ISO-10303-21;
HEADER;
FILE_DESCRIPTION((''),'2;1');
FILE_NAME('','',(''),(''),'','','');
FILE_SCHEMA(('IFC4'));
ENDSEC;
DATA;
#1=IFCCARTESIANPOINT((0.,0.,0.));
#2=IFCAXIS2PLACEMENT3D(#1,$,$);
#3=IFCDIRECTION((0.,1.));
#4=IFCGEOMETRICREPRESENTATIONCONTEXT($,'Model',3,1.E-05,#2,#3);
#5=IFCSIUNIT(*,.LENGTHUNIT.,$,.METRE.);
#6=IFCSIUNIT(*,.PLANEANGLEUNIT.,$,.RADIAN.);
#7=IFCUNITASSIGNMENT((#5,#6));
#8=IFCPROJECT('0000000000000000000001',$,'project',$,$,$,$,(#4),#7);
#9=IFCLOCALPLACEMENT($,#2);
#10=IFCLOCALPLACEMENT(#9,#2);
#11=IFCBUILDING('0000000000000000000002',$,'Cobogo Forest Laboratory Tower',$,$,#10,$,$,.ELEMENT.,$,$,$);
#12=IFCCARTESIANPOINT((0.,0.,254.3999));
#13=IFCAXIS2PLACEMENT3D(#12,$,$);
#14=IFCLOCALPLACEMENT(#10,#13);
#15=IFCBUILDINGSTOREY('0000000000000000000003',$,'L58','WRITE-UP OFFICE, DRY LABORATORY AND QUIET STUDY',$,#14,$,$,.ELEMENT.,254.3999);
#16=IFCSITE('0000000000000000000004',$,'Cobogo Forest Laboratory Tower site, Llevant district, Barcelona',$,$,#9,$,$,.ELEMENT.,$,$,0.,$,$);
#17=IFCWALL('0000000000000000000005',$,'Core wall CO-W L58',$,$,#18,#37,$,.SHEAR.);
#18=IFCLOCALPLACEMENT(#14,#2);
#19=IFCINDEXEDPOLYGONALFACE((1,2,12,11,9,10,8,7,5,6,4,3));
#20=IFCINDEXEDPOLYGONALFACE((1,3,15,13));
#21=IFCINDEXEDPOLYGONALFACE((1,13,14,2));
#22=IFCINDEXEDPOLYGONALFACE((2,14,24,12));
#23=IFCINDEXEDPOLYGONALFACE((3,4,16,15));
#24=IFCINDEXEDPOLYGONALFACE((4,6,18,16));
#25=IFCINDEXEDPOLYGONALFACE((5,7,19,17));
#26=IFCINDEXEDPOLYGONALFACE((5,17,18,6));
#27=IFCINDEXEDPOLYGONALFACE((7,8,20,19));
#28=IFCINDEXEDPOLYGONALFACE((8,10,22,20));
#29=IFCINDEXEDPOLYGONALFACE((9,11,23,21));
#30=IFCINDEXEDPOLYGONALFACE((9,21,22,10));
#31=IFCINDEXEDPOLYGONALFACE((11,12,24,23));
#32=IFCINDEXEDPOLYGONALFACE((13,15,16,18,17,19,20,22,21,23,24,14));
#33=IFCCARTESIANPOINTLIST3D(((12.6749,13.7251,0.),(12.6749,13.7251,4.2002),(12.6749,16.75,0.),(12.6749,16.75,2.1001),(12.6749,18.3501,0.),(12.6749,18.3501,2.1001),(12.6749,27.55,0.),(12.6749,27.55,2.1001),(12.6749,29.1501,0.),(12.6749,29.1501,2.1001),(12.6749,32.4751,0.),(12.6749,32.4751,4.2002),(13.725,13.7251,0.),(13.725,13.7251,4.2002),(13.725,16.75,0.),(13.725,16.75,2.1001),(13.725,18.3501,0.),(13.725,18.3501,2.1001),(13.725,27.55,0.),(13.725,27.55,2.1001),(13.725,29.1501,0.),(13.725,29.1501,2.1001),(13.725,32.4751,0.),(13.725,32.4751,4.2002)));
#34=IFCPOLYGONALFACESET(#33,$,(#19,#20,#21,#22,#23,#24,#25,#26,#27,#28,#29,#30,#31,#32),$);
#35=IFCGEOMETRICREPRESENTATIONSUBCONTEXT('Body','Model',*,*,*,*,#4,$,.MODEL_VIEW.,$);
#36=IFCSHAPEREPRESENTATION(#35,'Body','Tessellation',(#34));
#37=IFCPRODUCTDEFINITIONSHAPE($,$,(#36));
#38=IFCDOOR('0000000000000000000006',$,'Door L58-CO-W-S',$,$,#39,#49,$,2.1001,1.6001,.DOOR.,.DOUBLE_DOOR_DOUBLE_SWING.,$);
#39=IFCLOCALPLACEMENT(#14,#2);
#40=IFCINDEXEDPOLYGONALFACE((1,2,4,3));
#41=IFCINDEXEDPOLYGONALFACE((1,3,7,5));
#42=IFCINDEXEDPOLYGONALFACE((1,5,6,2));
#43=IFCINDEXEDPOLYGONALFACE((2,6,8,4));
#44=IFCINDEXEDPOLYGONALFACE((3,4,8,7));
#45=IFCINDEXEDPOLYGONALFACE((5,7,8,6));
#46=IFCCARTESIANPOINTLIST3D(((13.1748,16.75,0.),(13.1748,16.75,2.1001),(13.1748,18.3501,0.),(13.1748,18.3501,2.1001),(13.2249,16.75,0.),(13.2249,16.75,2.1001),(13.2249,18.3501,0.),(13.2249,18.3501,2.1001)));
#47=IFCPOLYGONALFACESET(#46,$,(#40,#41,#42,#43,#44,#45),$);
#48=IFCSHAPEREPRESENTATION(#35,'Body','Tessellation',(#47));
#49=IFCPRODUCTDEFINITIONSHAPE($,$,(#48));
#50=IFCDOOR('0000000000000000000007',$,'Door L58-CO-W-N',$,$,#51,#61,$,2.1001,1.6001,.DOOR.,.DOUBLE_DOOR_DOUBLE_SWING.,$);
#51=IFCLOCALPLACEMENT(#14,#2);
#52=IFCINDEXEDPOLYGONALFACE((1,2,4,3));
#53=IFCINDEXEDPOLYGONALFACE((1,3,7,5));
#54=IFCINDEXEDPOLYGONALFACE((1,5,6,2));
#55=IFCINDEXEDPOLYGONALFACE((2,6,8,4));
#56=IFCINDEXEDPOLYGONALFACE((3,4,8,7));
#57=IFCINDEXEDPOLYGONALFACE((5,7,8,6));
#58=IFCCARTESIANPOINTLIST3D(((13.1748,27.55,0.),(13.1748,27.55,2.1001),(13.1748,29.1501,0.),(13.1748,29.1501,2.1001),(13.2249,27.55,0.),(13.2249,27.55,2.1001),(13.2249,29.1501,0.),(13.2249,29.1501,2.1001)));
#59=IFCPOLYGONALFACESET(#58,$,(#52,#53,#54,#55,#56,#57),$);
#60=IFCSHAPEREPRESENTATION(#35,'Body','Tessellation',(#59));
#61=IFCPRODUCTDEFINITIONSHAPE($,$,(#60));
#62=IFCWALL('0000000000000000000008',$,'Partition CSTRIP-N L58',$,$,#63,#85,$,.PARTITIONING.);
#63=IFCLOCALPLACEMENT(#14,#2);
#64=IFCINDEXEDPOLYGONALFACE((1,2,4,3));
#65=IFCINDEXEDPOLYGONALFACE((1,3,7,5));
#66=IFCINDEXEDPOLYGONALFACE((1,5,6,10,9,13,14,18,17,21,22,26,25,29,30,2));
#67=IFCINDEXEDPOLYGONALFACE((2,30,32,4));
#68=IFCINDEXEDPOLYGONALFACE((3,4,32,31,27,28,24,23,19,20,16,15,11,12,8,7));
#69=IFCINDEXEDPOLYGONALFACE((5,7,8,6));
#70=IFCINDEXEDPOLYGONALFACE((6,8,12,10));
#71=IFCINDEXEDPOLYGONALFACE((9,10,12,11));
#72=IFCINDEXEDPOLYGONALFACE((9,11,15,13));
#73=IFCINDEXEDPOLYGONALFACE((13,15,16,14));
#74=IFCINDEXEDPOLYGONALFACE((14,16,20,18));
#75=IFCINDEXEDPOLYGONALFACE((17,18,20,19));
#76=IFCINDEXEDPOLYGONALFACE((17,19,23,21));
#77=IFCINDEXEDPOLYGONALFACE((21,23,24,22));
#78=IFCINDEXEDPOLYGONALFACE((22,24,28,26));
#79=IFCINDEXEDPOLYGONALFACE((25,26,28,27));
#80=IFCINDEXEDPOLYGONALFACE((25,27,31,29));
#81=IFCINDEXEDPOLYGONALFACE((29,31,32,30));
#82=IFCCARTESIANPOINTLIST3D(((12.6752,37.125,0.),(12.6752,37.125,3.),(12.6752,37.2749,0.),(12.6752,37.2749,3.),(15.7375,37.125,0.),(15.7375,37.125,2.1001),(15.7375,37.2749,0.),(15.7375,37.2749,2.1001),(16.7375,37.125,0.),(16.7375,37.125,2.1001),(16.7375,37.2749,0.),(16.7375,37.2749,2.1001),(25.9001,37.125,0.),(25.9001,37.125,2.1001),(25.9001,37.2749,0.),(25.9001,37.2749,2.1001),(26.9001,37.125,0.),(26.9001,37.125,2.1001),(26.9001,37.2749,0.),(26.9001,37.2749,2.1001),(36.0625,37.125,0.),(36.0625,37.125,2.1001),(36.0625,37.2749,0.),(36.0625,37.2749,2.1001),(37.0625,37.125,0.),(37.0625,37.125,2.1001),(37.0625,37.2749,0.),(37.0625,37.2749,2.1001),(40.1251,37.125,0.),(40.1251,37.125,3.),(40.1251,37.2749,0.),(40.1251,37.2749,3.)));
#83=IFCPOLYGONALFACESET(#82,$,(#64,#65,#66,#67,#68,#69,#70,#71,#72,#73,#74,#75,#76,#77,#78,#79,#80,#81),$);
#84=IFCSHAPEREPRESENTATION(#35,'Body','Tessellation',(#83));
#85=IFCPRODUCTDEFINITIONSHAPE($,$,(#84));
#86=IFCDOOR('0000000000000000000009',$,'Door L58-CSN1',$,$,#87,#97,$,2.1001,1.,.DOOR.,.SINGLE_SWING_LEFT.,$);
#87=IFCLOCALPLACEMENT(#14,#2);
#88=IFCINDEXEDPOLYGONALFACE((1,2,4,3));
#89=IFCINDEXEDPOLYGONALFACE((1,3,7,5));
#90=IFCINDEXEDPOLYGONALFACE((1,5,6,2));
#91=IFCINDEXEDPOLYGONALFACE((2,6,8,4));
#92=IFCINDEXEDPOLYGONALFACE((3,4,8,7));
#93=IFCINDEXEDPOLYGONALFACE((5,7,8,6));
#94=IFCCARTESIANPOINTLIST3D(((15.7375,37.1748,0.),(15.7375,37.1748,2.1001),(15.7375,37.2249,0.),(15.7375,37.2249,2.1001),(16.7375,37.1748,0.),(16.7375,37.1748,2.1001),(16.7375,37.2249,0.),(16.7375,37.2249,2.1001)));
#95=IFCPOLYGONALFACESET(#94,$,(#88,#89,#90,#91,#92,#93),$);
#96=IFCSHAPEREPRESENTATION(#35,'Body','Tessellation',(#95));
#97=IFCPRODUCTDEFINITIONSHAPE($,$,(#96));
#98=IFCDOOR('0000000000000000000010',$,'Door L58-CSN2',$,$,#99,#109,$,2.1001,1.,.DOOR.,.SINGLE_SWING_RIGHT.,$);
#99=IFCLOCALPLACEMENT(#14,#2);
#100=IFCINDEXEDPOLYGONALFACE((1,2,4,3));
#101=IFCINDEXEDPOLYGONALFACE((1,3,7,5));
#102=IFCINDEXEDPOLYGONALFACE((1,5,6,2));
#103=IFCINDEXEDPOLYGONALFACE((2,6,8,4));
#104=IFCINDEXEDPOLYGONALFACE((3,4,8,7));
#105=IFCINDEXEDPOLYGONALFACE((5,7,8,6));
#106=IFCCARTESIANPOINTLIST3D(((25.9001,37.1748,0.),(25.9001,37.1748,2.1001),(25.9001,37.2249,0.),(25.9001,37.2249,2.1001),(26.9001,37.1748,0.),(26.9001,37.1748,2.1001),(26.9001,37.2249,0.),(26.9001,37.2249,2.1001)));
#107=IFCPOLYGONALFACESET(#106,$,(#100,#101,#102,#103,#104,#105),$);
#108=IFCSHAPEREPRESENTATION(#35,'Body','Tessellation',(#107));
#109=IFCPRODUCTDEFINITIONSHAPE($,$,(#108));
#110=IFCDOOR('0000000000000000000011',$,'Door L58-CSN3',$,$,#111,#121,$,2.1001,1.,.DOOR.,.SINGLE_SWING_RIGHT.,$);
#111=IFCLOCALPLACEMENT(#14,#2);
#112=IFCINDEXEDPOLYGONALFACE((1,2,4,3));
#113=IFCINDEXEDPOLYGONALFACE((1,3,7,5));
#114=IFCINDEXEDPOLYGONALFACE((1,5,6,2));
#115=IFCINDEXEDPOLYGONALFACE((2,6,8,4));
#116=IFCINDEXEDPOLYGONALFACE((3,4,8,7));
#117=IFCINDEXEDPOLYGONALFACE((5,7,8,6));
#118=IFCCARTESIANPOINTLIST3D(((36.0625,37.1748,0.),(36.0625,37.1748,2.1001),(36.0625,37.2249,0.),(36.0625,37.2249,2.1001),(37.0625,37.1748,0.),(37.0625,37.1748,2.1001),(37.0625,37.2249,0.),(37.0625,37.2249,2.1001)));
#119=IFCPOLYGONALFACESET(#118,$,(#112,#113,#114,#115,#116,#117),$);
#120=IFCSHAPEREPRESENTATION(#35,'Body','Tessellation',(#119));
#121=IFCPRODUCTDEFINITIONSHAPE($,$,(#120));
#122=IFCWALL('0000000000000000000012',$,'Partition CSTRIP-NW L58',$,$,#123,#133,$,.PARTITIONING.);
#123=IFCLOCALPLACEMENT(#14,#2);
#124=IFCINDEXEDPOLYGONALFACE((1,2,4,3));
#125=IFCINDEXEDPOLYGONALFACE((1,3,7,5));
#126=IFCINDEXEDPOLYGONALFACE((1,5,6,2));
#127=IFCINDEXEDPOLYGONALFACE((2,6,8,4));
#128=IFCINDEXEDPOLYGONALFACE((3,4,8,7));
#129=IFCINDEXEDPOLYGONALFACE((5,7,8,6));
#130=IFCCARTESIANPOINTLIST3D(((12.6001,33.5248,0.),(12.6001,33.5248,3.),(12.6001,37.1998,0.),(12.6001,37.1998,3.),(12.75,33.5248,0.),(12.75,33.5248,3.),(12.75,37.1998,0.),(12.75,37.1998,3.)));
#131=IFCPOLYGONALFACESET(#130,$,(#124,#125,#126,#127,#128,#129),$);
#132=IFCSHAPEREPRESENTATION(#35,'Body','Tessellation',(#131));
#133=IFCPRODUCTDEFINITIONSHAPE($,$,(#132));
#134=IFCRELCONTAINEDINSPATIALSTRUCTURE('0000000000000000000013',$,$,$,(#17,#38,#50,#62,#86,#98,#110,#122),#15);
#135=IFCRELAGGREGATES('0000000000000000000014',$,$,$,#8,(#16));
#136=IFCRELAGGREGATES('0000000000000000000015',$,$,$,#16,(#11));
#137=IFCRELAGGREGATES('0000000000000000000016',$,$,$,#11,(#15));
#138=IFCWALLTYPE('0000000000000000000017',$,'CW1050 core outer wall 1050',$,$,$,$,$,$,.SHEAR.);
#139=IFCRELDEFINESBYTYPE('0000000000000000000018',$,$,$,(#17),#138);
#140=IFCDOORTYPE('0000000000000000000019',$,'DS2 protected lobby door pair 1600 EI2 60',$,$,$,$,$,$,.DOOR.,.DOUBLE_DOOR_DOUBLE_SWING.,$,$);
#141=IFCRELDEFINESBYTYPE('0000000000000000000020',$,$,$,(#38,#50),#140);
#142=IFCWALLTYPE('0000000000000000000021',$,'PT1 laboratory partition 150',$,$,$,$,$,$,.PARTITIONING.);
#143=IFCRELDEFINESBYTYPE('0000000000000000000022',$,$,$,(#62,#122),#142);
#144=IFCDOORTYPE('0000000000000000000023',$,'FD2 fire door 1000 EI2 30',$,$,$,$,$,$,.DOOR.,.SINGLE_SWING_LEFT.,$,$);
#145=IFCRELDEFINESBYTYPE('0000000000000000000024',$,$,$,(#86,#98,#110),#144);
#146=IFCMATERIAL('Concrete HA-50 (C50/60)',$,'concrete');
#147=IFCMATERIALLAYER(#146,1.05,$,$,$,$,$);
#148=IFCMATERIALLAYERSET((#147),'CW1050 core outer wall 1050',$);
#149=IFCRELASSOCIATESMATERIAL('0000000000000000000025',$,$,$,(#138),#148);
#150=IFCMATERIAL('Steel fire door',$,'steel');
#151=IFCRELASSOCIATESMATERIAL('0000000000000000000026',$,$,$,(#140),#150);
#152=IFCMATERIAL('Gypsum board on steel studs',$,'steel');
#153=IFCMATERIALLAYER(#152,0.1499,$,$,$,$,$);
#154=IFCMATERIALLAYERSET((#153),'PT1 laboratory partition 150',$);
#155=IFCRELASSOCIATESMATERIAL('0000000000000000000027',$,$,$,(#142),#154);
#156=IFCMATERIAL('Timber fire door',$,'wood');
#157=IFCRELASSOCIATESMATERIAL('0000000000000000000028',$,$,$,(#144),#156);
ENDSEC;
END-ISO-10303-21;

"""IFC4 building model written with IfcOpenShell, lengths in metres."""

from ifc_helpers import new_model, si_unit, direction, frame, frame_2d, origin, place, context, subcontext, project, spatial, rectangle, extrude, material, layer, layer_set, type_object, element, fill, save


model = new_model("IFC4")

# Units and contexts
model_context = context("Model", 3, precision=1e-05, world=origin(), true_north=direction((0.0, 1.0)))
body_context = subcontext(model_context, "Body", "Model", "MODEL_VIEW")
ifc_project = project(units=[si_unit("LENGTHUNIT", "METRE"), si_unit("PLANEANGLEUNIT", "RADIAN")], contexts=[model_context])

# Site, building, storey
site_placement = place(None, origin())
site = spatial("IfcSite", under=ifc_project, at=site_placement, Name="Cobogo Forest Laboratory Tower site, Llevant district, Barcelona", CompositionType="ELEMENT", RefElevation=0.0)
building_placement = place(site_placement, origin())
building = spatial("IfcBuilding", under=site, at=building_placement, Name="Cobogo Forest Laboratory Tower", CompositionType="ELEMENT")
storey_placement = place(building_placement, frame((0.0, 0.0, 254.3999)))
storey = spatial("IfcBuildingStorey", under=building, at=storey_placement, Name="L58", Description="WRITE-UP OFFICE, DRY LABORATORY AND QUIET STUDY", CompositionType="ELEMENT", Elevation=254.3999)

# Walls, openings, doors
ifc_material_1 = material(Name="Concrete HA-50 (C50/60)", Category="concrete")
ifc_material_2 = material(Name="Steel fire door", Category="steel")
ifc_layer_1 = layer(ifc_material_1, 1.05)
ifc_layer_set_1 = layer_set([ifc_layer_1], Name="CW1050 core outer wall 1050")
wall_type_1 = type_object("IfcWallType", Name="CW1050 core outer wall 1050", PredefinedType="SHEAR", material=ifc_layer_set_1)
wall_1_placement = place(storey_placement, frame((13.2, 32.4751, 0.0), z_axis=(0.0, 0.0, 1.0), x_axis=(0.0, -1.0, 0.0)))
wall_1 = element("IfcWall", 1, at=wall_1_placement, inside=storey, type_object=wall_type_1, Name="Core wall CO-W L58", PredefinedType="SHEAR", context=body_context, shape_type="SweptSolid", body=[
    extrude(rectangle(XDim=18.75, YDim=1.05, at=frame_2d((9.375, 0.0))), origin(), (0.0, 0.0, 1.0), 4.2002),
])
opening_1_placement = place(wall_1_placement, frame((14.125, 0.0, 0.0)))
opening_1 = element("IfcOpeningElement", 2, at=opening_1_placement, cuts=wall_1, PredefinedType="OPENING", context=body_context, shape_type="SweptSolid", body=[
    extrude(rectangle(XDim=1.6001, YDim=2.1001, at=frame_2d((0.8, 1.05))), frame((0.0, 0.5349, 0.0), z_axis=(0.0, -1.0, 0.0), x_axis=(1.0, 0.0, 0.0)), (0.0, 0.0, 1.0), 1.0701),
])
opening_2_placement = place(wall_1_placement, frame((3.325, 0.0, 0.0)))
opening_2 = element("IfcOpeningElement", 3, at=opening_2_placement, cuts=wall_1, PredefinedType="OPENING", context=body_context, shape_type="SweptSolid", body=[
    extrude(rectangle(XDim=1.6001, YDim=2.1001, at=frame_2d((0.8, 1.05))), frame((0.0, 0.5349, 0.0), z_axis=(0.0, -1.0, 0.0), x_axis=(1.0, 0.0, 0.0)), (0.0, 0.0, 1.0), 1.0701),
])
door_type_1 = type_object("IfcDoorType", Name="DS2 protected lobby door pair 1600 EI2 60", OperationType="DOUBLE_DOOR_DOUBLE_SWING", PredefinedType="DOOR", material=ifc_material_2)
door_1_placement = place(opening_1_placement, origin())
door_1 = element("IfcDoor", 4, at=door_1_placement, inside=storey, type_object=door_type_1, Name="Door L58-CO-W-S", OperationType="DOUBLE_DOOR_DOUBLE_SWING", OverallHeight=2.1001, OverallWidth=1.6001, PredefinedType="DOOR", context=body_context, shape_type="SweptSolid", body=[
    extrude(rectangle(XDim=1.6001, YDim=2.1001, at=frame_2d((0.8, 1.05))), frame((0.0, 0.0249, 0.0), z_axis=(0.0, -1.0, 0.0), x_axis=(1.0, 0.0, 0.0)), (0.0, 0.0, 1.0), 0.05),
])
fill(opening_1, door_1)
door_2_placement = place(opening_2_placement, origin())
door_2 = element("IfcDoor", 5, at=door_2_placement, inside=storey, type_object=door_type_1, Name="Door L58-CO-W-N", OperationType="DOUBLE_DOOR_DOUBLE_SWING", OverallHeight=2.1001, OverallWidth=1.6001, PredefinedType="DOOR", context=body_context, shape_type="SweptSolid", body=[
    extrude(rectangle(XDim=1.6001, YDim=2.1001, at=frame_2d((0.8, 1.05))), frame((0.0, 0.0249, 0.0), z_axis=(0.0, -1.0, 0.0), x_axis=(1.0, 0.0, 0.0)), (0.0, 0.0, 1.0), 0.05),
])
fill(opening_2, door_2)
ifc_material_3 = material(Name="Gypsum board on steel studs", Category="steel")
ifc_layer_2 = layer(ifc_material_3, 0.1499)
ifc_layer_set_2 = layer_set([ifc_layer_2], Name="PT1 laboratory partition 150")
wall_type_2 = type_object("IfcWallType", Name="PT1 laboratory partition 150", PredefinedType="PARTITIONING", material=ifc_layer_set_2)
wall_2_placement = place(storey_placement, frame((12.675, 37.2, 0.0), z_axis=(0.0, 0.0, 1.0), x_axis=(1.0, 0.0, 0.0)))
wall_2 = element("IfcWall", 6, at=wall_2_placement, inside=storey, type_object=wall_type_2, Name="Partition CSTRIP-N L58", PredefinedType="PARTITIONING", context=body_context, shape_type="SweptSolid", body=[
    extrude(rectangle(XDim=27.45, YDim=0.1499, at=frame_2d((13.7251, 0.0))), origin(), (0.0, 0.0, 1.0), 3.0),
])
opening_3_placement = place(wall_2_placement, frame((3.0625, 0.0, 0.0)))
opening_3 = element("IfcOpeningElement", 7, at=opening_3_placement, cuts=wall_2, PredefinedType="OPENING", context=body_context, shape_type="SweptSolid", body=[
    extrude(rectangle(XDim=1.0, YDim=2.1001, at=frame_2d((0.5, 1.05))), frame((0.0, 0.085, 0.0), z_axis=(0.0, -1.0, 0.0), x_axis=(1.0, 0.0, 0.0)), (0.0, 0.0, 1.0), 0.1699),
])
opening_4_placement = place(wall_2_placement, frame((13.2251, 0.0, 0.0)))
opening_4 = element("IfcOpeningElement", 8, at=opening_4_placement, cuts=wall_2, PredefinedType="OPENING", context=body_context, shape_type="SweptSolid", body=[
    extrude(rectangle(XDim=1.0, YDim=2.1001, at=frame_2d((0.5, 1.05))), frame((0.0, 0.085, 0.0), z_axis=(0.0, -1.0, 0.0), x_axis=(1.0, 0.0, 0.0)), (0.0, 0.0, 1.0), 0.1699),
])
opening_5_placement = place(wall_2_placement, frame((23.3875, 0.0, 0.0)))
opening_5 = element("IfcOpeningElement", 9, at=opening_5_placement, cuts=wall_2, PredefinedType="OPENING", context=body_context, shape_type="SweptSolid", body=[
    extrude(rectangle(XDim=1.0, YDim=2.1001, at=frame_2d((0.5, 1.05))), frame((0.0, 0.085, 0.0), z_axis=(0.0, -1.0, 0.0), x_axis=(1.0, 0.0, 0.0)), (0.0, 0.0, 1.0), 0.1699),
])
ifc_material_4 = material(Name="Timber fire door", Category="wood")
door_type_2 = type_object("IfcDoorType", Name="FD2 fire door 1000 EI2 30", OperationType="SINGLE_SWING_LEFT", PredefinedType="DOOR", material=ifc_material_4)
door_3_placement = place(opening_3_placement, origin())
door_3 = element("IfcDoor", 10, at=door_3_placement, inside=storey, type_object=door_type_2, Name="Door L58-CSN1", OperationType="SINGLE_SWING_LEFT", OverallHeight=2.1001, OverallWidth=1.0, PredefinedType="DOOR", context=body_context, shape_type="SweptSolid", body=[
    extrude(rectangle(XDim=1.0, YDim=2.1001, at=frame_2d((0.5, 1.05))), frame((0.0, 0.0249, 0.0), z_axis=(0.0, -1.0, 0.0), x_axis=(1.0, 0.0, 0.0)), (0.0, 0.0, 1.0), 0.05),
])
fill(opening_3, door_3)
door_4_placement = place(opening_4_placement, origin())
door_4 = element("IfcDoor", 11, at=door_4_placement, inside=storey, type_object=door_type_2, Name="Door L58-CSN2", OperationType="SINGLE_SWING_RIGHT", OverallHeight=2.1001, OverallWidth=1.0, PredefinedType="DOOR", context=body_context, shape_type="SweptSolid", body=[
    extrude(rectangle(XDim=1.0, YDim=2.1001, at=frame_2d((0.5, 1.05))), frame((0.0, 0.0249, 0.0), z_axis=(0.0, -1.0, 0.0), x_axis=(1.0, 0.0, 0.0)), (0.0, 0.0, 1.0), 0.05),
])
fill(opening_4, door_4)
door_5_placement = place(opening_5_placement, origin())
door_5 = element("IfcDoor", 12, at=door_5_placement, inside=storey, type_object=door_type_2, Name="Door L58-CSN3", OperationType="SINGLE_SWING_RIGHT", OverallHeight=2.1001, OverallWidth=1.0, PredefinedType="DOOR", context=body_context, shape_type="SweptSolid", body=[
    extrude(rectangle(XDim=1.0, YDim=2.1001, at=frame_2d((0.5, 1.05))), frame((0.0, 0.0249, 0.0), z_axis=(0.0, -1.0, 0.0), x_axis=(1.0, 0.0, 0.0)), (0.0, 0.0, 1.0), 0.05),
])
fill(opening_5, door_5)

# Wall
wall_3_placement = place(storey_placement, frame((12.675, 33.5249, 0.0), z_axis=(0.0, 0.0, 1.0), x_axis=(0.0, 1.0, 0.0)))
element("IfcWall", 13, at=wall_3_placement, inside=storey, type_object=wall_type_2, Name="Partition CSTRIP-NW L58", PredefinedType="PARTITIONING", context=body_context, shape_type="SweptSolid", body=[
    extrude(rectangle(XDim=3.675, YDim=0.1499, at=frame_2d((1.8374, 0.0))), origin(), (0.0, 0.0, 1.0), 3.0),
])

save(model, "model.ifc")
